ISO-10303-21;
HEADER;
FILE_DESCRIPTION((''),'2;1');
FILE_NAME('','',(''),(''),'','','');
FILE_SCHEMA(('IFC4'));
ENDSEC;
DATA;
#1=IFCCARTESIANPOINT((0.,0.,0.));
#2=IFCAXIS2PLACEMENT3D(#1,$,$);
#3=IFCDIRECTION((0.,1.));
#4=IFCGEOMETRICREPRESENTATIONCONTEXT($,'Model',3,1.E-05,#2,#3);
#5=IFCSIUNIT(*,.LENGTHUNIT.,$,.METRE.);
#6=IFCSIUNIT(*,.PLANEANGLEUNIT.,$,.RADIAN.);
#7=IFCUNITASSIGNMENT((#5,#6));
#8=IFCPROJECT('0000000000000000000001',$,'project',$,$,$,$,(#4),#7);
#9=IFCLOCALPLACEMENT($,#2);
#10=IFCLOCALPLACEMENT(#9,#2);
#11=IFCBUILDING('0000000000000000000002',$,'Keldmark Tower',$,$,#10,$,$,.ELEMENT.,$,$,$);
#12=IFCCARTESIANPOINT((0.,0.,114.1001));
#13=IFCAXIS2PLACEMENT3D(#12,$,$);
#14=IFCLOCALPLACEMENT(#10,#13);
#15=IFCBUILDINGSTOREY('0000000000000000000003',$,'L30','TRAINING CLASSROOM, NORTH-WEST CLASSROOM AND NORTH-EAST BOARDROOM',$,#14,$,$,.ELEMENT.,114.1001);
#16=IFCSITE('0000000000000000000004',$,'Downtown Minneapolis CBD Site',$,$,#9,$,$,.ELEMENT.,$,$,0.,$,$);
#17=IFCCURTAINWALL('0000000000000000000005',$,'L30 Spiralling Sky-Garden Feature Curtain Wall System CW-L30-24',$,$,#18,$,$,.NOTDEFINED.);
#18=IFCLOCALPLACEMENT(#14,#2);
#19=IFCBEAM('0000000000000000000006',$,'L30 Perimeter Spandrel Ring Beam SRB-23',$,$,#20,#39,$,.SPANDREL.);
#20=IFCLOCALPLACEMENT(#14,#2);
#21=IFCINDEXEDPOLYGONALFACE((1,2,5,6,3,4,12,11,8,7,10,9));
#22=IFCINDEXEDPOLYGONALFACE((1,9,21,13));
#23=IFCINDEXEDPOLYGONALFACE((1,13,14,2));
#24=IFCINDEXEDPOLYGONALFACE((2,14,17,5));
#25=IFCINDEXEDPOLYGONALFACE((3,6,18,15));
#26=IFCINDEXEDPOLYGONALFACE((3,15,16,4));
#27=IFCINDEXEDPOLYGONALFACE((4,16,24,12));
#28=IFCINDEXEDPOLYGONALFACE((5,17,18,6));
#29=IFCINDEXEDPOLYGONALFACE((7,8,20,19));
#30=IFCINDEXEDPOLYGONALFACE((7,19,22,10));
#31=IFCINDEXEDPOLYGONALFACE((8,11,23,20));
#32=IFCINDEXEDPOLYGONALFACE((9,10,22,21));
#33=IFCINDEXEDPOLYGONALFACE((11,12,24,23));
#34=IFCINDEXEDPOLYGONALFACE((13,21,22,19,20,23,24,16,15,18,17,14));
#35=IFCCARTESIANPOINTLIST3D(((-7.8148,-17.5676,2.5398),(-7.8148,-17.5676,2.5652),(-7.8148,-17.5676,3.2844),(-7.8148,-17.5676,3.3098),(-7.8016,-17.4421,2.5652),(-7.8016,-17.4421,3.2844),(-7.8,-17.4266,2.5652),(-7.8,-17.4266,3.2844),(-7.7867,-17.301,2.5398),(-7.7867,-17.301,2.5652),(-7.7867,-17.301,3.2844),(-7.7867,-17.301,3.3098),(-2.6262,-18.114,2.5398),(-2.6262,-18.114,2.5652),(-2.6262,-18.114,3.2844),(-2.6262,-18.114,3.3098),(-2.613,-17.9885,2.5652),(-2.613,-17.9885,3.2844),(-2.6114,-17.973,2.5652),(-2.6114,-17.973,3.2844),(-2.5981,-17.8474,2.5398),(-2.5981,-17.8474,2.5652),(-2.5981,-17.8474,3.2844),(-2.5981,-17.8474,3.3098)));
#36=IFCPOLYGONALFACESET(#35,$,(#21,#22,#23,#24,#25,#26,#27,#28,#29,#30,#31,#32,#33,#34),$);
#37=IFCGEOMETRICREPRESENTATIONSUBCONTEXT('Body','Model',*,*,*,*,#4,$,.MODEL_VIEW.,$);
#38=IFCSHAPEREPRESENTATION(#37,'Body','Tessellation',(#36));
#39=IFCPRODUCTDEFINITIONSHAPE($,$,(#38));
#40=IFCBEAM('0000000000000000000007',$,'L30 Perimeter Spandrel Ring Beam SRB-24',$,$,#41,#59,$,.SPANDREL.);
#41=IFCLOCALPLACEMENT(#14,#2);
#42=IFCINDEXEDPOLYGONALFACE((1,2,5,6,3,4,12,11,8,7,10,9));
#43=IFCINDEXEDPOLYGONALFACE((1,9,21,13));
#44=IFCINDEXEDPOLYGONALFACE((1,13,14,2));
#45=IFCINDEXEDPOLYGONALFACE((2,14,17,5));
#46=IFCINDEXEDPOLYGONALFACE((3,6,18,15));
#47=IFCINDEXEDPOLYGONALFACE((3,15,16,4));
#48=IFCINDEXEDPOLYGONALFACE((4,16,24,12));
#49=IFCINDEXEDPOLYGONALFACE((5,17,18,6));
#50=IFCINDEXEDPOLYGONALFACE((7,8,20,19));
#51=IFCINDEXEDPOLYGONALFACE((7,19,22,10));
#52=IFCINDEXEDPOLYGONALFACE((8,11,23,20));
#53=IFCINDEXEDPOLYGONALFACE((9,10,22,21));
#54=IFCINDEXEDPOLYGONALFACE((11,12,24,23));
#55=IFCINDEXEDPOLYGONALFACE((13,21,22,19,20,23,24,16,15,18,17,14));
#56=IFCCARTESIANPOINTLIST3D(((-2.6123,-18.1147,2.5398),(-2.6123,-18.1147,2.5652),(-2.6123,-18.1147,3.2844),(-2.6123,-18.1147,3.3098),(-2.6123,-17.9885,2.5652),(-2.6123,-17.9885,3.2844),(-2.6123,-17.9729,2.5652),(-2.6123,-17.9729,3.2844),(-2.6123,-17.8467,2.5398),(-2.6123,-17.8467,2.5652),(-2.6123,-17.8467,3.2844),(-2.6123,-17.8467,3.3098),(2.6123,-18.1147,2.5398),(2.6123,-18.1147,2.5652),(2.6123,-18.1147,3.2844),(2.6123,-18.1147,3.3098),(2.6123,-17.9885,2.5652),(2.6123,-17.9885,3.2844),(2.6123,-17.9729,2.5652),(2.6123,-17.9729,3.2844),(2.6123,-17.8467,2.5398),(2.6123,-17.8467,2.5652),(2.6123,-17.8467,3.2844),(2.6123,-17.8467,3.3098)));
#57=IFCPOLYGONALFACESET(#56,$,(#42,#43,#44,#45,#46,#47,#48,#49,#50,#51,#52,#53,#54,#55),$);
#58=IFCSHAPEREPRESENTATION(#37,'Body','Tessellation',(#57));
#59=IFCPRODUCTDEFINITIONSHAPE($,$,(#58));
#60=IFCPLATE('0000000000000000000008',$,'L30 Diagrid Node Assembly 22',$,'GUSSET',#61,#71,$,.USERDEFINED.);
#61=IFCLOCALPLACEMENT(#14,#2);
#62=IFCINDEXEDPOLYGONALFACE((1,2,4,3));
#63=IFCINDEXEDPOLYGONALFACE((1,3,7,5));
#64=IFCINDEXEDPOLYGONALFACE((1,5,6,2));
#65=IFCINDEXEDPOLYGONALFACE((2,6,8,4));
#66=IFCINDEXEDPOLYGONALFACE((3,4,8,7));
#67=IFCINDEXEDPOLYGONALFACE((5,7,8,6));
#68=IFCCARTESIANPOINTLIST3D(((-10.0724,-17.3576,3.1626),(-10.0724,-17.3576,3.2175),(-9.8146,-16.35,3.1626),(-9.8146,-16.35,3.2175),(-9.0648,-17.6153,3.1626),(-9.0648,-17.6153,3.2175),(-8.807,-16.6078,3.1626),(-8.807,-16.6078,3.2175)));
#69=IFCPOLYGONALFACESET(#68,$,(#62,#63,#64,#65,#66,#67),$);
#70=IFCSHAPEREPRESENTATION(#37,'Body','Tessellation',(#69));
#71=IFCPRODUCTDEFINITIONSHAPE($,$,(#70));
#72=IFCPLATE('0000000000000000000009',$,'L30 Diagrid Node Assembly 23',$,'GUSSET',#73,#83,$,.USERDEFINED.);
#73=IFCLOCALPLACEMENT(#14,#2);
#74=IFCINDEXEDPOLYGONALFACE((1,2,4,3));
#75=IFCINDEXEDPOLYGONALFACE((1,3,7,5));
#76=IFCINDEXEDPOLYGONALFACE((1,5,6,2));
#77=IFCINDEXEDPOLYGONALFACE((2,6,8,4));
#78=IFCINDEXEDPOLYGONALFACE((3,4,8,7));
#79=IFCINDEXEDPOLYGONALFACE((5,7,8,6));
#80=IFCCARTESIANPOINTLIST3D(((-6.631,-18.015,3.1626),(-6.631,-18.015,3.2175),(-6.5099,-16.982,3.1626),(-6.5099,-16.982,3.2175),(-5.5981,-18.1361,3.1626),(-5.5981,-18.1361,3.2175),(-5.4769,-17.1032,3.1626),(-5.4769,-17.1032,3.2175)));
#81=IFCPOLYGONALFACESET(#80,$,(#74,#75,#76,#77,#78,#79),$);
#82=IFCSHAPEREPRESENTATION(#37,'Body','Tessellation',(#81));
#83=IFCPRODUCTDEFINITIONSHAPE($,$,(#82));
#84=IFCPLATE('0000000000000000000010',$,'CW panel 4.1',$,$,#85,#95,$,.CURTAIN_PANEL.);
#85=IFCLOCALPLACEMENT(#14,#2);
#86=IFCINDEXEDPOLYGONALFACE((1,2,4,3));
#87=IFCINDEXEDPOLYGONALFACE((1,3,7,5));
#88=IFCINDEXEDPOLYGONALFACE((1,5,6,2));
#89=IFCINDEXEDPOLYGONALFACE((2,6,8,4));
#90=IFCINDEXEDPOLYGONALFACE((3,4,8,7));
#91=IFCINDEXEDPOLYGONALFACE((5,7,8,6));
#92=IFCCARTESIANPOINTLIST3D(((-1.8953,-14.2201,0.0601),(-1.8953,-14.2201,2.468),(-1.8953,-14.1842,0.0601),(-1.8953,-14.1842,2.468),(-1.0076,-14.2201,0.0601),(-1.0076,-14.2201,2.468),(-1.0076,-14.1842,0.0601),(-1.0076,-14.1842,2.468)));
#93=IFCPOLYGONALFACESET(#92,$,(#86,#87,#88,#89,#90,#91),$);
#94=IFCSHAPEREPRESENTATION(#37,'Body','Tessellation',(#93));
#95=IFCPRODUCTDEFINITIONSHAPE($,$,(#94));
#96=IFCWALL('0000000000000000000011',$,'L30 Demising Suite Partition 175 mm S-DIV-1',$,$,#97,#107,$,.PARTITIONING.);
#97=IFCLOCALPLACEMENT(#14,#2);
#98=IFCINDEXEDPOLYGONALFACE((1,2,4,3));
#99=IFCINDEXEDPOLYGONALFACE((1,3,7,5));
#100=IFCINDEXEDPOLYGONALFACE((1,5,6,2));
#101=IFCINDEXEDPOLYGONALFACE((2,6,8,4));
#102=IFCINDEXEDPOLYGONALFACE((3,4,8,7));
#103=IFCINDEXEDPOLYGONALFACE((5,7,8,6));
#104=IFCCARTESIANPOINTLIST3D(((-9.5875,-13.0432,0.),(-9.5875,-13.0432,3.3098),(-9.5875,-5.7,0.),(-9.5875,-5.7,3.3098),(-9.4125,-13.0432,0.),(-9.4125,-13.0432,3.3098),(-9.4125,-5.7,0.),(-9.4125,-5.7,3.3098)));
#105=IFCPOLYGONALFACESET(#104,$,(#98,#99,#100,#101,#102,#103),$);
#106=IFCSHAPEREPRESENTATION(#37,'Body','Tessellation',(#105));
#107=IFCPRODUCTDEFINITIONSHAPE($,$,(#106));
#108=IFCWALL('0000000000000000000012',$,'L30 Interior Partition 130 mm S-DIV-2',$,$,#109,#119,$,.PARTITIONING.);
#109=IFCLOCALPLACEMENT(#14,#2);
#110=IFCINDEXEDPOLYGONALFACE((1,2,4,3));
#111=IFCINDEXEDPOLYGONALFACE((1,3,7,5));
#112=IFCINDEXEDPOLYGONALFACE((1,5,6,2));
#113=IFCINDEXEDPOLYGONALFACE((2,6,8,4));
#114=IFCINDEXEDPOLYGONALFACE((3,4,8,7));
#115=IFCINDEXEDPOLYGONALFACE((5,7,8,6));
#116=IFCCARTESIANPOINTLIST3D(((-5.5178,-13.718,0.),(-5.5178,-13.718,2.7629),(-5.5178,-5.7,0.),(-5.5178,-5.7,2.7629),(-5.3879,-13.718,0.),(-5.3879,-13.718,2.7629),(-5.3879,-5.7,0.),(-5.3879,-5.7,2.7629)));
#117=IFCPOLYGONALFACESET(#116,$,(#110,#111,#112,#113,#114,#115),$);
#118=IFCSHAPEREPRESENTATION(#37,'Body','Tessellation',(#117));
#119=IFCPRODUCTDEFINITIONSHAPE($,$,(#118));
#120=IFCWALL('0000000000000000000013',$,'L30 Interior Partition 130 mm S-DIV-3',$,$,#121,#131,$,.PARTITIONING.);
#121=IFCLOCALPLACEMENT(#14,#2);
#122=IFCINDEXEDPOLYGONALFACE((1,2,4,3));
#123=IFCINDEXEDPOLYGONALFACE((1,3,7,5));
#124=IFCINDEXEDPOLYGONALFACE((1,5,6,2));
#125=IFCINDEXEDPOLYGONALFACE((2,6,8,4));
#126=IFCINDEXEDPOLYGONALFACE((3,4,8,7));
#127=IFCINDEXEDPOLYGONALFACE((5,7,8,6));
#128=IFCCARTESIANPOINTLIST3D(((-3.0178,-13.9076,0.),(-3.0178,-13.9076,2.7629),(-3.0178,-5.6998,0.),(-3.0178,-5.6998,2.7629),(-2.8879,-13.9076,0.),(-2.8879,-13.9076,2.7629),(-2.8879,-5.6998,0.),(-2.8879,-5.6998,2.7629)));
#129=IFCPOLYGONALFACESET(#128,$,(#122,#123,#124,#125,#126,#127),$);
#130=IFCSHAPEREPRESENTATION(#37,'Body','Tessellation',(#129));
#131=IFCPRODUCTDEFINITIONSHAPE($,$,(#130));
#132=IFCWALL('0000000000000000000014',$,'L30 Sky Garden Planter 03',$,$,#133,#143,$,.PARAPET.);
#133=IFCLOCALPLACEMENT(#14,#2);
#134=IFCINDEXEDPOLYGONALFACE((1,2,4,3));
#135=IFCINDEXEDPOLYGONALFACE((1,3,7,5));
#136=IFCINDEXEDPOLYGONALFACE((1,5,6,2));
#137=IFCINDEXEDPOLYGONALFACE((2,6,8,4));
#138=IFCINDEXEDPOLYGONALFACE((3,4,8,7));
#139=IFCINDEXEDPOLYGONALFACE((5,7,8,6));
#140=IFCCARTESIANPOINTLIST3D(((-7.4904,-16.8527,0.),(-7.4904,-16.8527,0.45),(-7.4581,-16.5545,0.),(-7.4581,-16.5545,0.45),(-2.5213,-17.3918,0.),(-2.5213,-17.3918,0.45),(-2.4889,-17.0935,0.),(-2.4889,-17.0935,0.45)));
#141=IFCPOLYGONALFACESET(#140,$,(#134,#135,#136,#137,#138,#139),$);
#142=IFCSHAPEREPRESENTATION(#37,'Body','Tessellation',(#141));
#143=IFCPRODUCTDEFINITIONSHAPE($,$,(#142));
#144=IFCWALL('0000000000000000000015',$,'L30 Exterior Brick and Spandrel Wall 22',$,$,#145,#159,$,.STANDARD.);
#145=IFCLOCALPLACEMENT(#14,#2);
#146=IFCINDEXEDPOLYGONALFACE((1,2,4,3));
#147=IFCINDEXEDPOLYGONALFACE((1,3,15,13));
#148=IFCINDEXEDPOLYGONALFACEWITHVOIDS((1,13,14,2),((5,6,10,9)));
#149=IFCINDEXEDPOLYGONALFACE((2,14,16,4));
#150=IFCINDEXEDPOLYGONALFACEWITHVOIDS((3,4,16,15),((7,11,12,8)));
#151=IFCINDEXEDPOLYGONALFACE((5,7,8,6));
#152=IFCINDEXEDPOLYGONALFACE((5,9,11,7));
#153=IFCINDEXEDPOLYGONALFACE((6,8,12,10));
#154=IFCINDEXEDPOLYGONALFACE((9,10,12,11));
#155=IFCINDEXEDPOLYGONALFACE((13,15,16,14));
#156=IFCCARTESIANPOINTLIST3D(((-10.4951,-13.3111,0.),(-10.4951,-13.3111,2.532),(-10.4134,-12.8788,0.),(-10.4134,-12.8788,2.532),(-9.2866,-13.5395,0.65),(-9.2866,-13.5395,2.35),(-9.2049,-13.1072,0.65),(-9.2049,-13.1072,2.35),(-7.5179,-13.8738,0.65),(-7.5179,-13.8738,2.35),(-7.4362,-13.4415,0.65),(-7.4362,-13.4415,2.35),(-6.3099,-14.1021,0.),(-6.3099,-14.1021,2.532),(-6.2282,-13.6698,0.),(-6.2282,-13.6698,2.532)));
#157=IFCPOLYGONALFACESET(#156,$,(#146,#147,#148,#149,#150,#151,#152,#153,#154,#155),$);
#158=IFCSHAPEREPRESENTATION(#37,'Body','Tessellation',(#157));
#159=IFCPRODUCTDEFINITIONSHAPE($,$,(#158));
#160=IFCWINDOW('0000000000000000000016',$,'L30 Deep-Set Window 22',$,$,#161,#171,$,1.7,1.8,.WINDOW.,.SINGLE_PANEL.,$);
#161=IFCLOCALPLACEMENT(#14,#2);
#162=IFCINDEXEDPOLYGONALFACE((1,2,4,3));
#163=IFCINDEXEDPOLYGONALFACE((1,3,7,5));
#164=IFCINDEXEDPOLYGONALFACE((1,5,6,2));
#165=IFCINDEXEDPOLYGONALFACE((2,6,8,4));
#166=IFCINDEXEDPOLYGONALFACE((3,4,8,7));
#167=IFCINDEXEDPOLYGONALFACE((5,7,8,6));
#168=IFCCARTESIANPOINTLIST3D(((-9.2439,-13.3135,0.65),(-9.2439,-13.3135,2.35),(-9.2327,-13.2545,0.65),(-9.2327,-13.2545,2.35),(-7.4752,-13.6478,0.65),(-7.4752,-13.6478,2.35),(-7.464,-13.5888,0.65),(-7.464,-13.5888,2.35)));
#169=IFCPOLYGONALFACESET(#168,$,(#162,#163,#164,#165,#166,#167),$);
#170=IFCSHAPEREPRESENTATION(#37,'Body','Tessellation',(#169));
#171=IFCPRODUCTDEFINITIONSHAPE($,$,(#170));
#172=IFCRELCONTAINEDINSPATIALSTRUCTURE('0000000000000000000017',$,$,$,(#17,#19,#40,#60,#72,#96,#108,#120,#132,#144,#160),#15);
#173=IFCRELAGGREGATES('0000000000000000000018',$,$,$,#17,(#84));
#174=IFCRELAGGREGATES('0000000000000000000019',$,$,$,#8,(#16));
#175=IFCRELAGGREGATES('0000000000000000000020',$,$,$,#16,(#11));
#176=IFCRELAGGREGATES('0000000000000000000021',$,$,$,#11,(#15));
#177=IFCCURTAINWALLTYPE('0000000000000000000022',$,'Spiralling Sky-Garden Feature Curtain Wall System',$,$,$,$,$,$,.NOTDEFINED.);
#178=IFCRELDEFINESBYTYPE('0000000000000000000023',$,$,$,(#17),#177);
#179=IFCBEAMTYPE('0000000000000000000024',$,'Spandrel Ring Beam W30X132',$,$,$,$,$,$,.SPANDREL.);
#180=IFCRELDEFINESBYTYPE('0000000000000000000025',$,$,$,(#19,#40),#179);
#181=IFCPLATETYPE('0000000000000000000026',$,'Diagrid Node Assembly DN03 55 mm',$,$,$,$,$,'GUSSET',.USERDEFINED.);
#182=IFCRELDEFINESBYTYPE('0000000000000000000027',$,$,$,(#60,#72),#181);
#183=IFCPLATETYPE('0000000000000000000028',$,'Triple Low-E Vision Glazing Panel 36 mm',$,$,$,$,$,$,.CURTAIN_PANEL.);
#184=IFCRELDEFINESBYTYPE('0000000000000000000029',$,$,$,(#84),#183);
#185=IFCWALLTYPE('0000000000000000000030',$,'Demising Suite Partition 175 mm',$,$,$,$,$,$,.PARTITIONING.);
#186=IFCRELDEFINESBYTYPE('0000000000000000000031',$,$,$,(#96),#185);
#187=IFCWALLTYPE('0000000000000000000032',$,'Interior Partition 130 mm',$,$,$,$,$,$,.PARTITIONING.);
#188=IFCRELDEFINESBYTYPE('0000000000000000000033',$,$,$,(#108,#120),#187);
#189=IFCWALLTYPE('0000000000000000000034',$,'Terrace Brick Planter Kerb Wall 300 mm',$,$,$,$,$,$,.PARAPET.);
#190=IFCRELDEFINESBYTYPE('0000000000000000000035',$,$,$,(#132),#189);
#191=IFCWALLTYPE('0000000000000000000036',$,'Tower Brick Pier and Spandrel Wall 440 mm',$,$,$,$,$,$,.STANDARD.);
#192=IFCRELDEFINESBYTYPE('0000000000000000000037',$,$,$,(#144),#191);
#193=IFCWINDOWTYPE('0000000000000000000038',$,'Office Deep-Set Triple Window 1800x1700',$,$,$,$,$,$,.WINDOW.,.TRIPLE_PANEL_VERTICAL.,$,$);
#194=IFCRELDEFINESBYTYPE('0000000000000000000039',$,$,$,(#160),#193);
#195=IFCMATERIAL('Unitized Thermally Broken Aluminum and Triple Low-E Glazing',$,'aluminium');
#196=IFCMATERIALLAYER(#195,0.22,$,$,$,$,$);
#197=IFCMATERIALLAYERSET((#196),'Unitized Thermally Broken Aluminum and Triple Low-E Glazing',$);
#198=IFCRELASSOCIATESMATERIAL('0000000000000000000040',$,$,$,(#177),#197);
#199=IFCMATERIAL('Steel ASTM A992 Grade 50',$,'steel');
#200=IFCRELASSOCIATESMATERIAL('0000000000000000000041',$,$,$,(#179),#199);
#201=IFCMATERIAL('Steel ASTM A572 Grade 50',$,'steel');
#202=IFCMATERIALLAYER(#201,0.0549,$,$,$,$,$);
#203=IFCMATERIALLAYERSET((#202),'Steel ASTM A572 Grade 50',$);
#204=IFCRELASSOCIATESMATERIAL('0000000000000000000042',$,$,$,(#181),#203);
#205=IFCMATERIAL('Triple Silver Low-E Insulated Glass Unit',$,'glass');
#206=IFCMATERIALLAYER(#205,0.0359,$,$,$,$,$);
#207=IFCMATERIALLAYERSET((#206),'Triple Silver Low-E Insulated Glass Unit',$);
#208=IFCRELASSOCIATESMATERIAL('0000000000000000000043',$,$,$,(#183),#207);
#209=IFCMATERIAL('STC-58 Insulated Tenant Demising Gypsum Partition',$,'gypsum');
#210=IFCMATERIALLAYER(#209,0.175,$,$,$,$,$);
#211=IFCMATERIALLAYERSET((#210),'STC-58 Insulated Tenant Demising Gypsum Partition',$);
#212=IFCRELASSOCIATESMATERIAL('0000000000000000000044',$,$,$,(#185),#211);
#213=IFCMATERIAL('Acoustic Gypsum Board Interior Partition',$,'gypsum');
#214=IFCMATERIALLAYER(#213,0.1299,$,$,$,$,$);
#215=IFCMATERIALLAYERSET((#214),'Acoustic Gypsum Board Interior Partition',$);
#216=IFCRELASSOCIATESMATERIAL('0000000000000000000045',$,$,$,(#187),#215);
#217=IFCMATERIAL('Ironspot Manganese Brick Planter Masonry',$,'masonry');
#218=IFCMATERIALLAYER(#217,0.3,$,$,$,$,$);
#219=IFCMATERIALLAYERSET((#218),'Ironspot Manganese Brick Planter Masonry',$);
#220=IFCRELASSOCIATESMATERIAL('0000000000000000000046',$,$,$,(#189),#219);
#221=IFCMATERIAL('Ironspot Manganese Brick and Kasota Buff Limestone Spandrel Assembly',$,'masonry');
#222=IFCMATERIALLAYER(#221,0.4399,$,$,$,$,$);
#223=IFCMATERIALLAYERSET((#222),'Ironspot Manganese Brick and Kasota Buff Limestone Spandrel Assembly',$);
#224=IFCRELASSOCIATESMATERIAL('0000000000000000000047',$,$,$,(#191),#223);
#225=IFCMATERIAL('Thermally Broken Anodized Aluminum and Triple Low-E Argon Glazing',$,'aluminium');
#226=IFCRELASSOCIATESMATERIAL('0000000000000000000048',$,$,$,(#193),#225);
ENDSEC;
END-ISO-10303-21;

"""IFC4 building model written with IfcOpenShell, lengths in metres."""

from ifc_helpers import new_model, si_unit, direction, frame, frame_2d, origin, origin_2d, place, context, subcontext, project, spatial, rectangle, i_section, extrude, material, layer, layer_set, material_profile, profile_set, type_object, element, fill, aggregate, save


model = new_model("IFC4")

# Units and contexts
model_context = context("Model", 3, precision=1e-05, world=origin(), true_north=direction((0.0, 1.0)))
body_context = subcontext(model_context, "Body", "Model", "MODEL_VIEW")
ifc_project = project(units=[si_unit("LENGTHUNIT", "METRE"), si_unit("PLANEANGLEUNIT", "RADIAN")], contexts=[model_context])

# Site, building, storey
site_placement = place(None, origin())
site = spatial("IfcSite", under=ifc_project, at=site_placement, Name="Downtown Minneapolis CBD Site", CompositionType="ELEMENT", RefElevation=0.0)
building_placement = place(site_placement, origin())
building = spatial("IfcBuilding", under=site, at=building_placement, Name="Keldmark Tower", CompositionType="ELEMENT")
storey_placement = place(building_placement, frame((0.0, 0.0, 114.1001)))
storey = spatial("IfcBuildingStorey", under=building, at=storey_placement, Name="L30", Description="TRAINING CLASSROOM, NORTH-WEST CLASSROOM AND NORTH-EAST BOARDROOM", CompositionType="ELEMENT", Elevation=114.1001)

# Curtain wall
ifc_material_1 = material(Name="Unitized Thermally Broken Aluminum and Triple Low-E Glazing", Category="aluminium")
ifc_layer_1 = layer(ifc_material_1, 0.22)
ifc_layer_set_1 = layer_set([ifc_layer_1], Name="Unitized Thermally Broken Aluminum and Triple Low-E Glazing")
curtain_wall_type = type_object("IfcCurtainWallType", Name="Spiralling Sky-Garden Feature Curtain Wall System", PredefinedType="NOTDEFINED", material=ifc_layer_set_1)
curtain_wall_placement = place(storey_placement, origin())
curtain_wall = element("IfcCurtainWall", 1, at=curtain_wall_placement, inside=storey, type_object=curtain_wall_type, Name="L30 Spiralling Sky-Garden Feature Curtain Wall System CW-L30-24", PredefinedType="NOTDEFINED")

# Beams
ifc_material_2 = material(Name="Steel ASTM A992 Grade 50", Category="steel")
ifc_material_profile_1 = material_profile(ifc_material_2, i_section(OverallWidth=0.2681, OverallDepth=0.77, WebThickness=0.0156, FlangeThickness=0.0254, at=origin_2d()), Name="W30X132")
ifc_profile_set_1 = profile_set([ifc_material_profile_1], Name="Steel ASTM A992 Grade 50")
beam_type_1 = type_object("IfcBeamType", Name="Spandrel Ring Beam W30X132", PredefinedType="SPANDREL", material=ifc_profile_set_1)
beam_1_placement = place(storey_placement, frame((-7.8008, -17.4343, 2.9248), z_axis=(0.994501, -0.104729, 0.0), x_axis=(0.104729, 0.994501, 0.0)))
element("IfcBeam", 2, at=beam_1_placement, inside=storey, type_object=beam_type_1, Name="L30 Perimeter Spandrel Ring Beam SRB-23", PredefinedType="SPANDREL", context=body_context, shape_type="SweptSolid", body=[
    extrude(i_section(OverallWidth=0.2681, OverallDepth=0.77, WebThickness=0.0156, FlangeThickness=0.0254, at=origin_2d()), origin(), (0.0, 0.0, 1.0), 5.2173),
])
beam_2_placement = place(storey_placement, frame((-2.6123, -17.9807, 2.9248), z_axis=(1.0, 0.0, 0.0), x_axis=(0.0, 1.0, 0.0)))
element("IfcBeam", 3, at=beam_2_placement, inside=storey, type_object=beam_type_1, Name="L30 Perimeter Spandrel Ring Beam SRB-24", PredefinedType="SPANDREL", context=body_context, shape_type="SweptSolid", body=[
    extrude(i_section(OverallWidth=0.2681, OverallDepth=0.77, WebThickness=0.0156, FlangeThickness=0.0254, at=origin_2d()), origin(), (0.0, 0.0, 1.0), 5.2246),
])

# Plates
ifc_material_3 = material(Name="Steel ASTM A572 Grade 50", Category="steel")
ifc_layer_2 = layer(ifc_material_3, 0.0549)
ifc_layer_set_2 = layer_set([ifc_layer_2], Name="Steel ASTM A572 Grade 50")
plate_type_1 = type_object("IfcPlateType", Name="Diagrid Node Assembly DN03 55 mm", ElementType="GUSSET", PredefinedType="USERDEFINED", material=ifc_layer_set_2)
for number, where, z_axis, x_axis, name in (
    (4, (-9.4397, -16.9827, 3.1626), (0.0, 0.0, 1.0), (0.9688, -0.247845, 0.0), "L30 Diagrid Node Assembly 22"),
    (5, (-6.054, -17.5591, 3.1626), (0.0, 0.0, 1.0), (0.993191, -0.116497, 0.0), "L30 Diagrid Node Assembly 23"),
):
    element("IfcPlate", number, at=place(storey_placement, frame(where, z_axis=z_axis, x_axis=x_axis)), inside=storey, type_object=plate_type_1, Name=name, ObjectType="GUSSET", PredefinedType="USERDEFINED", context=body_context, shape_type="SweptSolid", body=[
        extrude(rectangle(XDim=1.04, YDim=1.04, at=origin_2d()), origin(), (0.0, 0.0, 1.0), 0.0549),
    ])

# Plate
ifc_material_4 = material(Name="Triple Silver Low-E Insulated Glass Unit", Category="glass")
ifc_layer_3 = layer(ifc_material_4, 0.0359)
ifc_layer_set_3 = layer_set([ifc_layer_3], Name="Triple Silver Low-E Insulated Glass Unit")
plate_type_2 = type_object("IfcPlateType", Name="Triple Low-E Vision Glazing Panel 36 mm", PredefinedType="CURTAIN_PANEL", material=ifc_layer_set_3)
plate_placement = place(storey_placement, frame((-1.4514, -14.2021, 0.0601), z_axis=(0.0, 0.0, 1.0), x_axis=(-1.0, 0.0, 0.0)))
plate = element("IfcPlate", 6, at=plate_placement, type_object=plate_type_2, Name="CW panel 4.1", PredefinedType="CURTAIN_PANEL", context=body_context, shape_type="SweptSolid", body=[
    extrude(rectangle(XDim=0.8877, YDim=0.0359, at=origin_2d()), origin(), (0.0, 0.0, 1.0), 2.408),
])
aggregate(curtain_wall, [plate])

# Walls
ifc_material_5 = material(Name="STC-58 Insulated Tenant Demising Gypsum Partition", Category="gypsum")
ifc_layer_4 = layer(ifc_material_5, 0.175)
ifc_layer_set_4 = layer_set([ifc_layer_4], Name="STC-58 Insulated Tenant Demising Gypsum Partition")
wall_type_1 = type_object("IfcWallType", Name="Demising Suite Partition 175 mm", PredefinedType="PARTITIONING", material=ifc_layer_set_4)
wall_1_placement = place(storey_placement, frame((-9.5, -13.0432, 0.0), z_axis=(0.0, 0.0, 1.0), x_axis=(0.0, 1.0, 0.0)))
element("IfcWall", 7, at=wall_1_placement, inside=storey, type_object=wall_type_1, Name="L30 Demising Suite Partition 175 mm S-DIV-1", PredefinedType="PARTITIONING", context=body_context, shape_type="SweptSolid", body=[
    extrude(rectangle(XDim=7.3433, YDim=0.175, at=frame_2d((3.6716, 0.0))), origin(), (0.0, 0.0, 1.0), 3.3098),
])
ifc_material_6 = material(Name="Acoustic Gypsum Board Interior Partition", Category="gypsum")
ifc_layer_5 = layer(ifc_material_6, 0.1299)
ifc_layer_set_5 = layer_set([ifc_layer_5], Name="Acoustic Gypsum Board Interior Partition")
wall_type_2 = type_object("IfcWallType", Name="Interior Partition 130 mm", PredefinedType="PARTITIONING", material=ifc_layer_set_5)
wall_2_placement = place(storey_placement, frame((-5.4529, -13.718, 0.0), z_axis=(0.0, 0.0, 1.0), x_axis=(0.0, 1.0, 0.0)))
element("IfcWall", 8, at=wall_2_placement, inside=storey, type_object=wall_type_2, Name="L30 Interior Partition 130 mm S-DIV-2", PredefinedType="PARTITIONING", context=body_context, shape_type="SweptSolid", body=[
    extrude(rectangle(XDim=8.0181, YDim=0.1299, at=frame_2d((4.009, 0.0))), origin(), (0.0, 0.0, 1.0), 2.7629),
])
wall_3_placement = place(storey_placement, frame((-2.9529, -13.9077, 0.0), z_axis=(0.0, 0.0, 1.0), x_axis=(0.0, 1.0, 0.0)))
element("IfcWall", 9, at=wall_3_placement, inside=storey, type_object=wall_type_2, Name="L30 Interior Partition 130 mm S-DIV-3", PredefinedType="PARTITIONING", context=body_context, shape_type="SweptSolid", body=[
    extrude(rectangle(XDim=8.2078, YDim=0.1299, at=frame_2d((4.104, 0.0))), origin(), (0.0, 0.0, 1.0), 2.7629),
])
ifc_material_7 = material(Name="Ironspot Manganese Brick Planter Masonry", Category="masonry")
ifc_layer_6 = layer(ifc_material_7, 0.3)
ifc_layer_set_6 = layer_set([ifc_layer_6], Name="Ironspot Manganese Brick Planter Masonry")
wall_type_3 = type_object("IfcWallType", Name="Terrace Brick Planter Kerb Wall 300 mm", PredefinedType="PARAPET", material=ifc_layer_set_6)
wall_4_placement = place(storey_placement, frame((-7.4741, -16.7036, 0.0), z_axis=(0.0, 0.0, 1.0), x_axis=(0.994167, -0.107847, 0.0)))
element("IfcWall", 10, at=wall_4_placement, inside=storey, type_object=wall_type_3, Name="L30 Sky Garden Planter 03", PredefinedType="PARAPET", context=body_context, shape_type="SweptSolid", body=[
    extrude(rectangle(XDim=4.9983, YDim=0.3, at=frame_2d((2.499, 0.0))), origin(), (0.0, 0.0, 1.0), 0.45),
])

# Shared definitions
ifc_material_8 = material(Name="Ironspot Manganese Brick and Kasota Buff Limestone Spandrel Assembly", Category="masonry")
ifc_layer_7 = layer(ifc_material_8, 0.4399)
ifc_layer_set_7 = layer_set([ifc_layer_7], Name="Ironspot Manganese Brick and Kasota Buff Limestone Spandrel Assembly")
wall_type_4 = type_object("IfcWallType", Name="Tower Brick Pier and Spandrel Wall 440 mm", PredefinedType="STANDARD", material=ifc_layer_set_7)

# Wall, opening, window
wall_5_placement = place(storey_placement, frame((-6.269, -13.886, 0.0), z_axis=(0.0, 0.0, 1.0), x_axis=(-0.982602, 0.185721, 0.0)))
wall_5 = element("IfcWall", 11, at=wall_5_placement, inside=storey, type_object=wall_type_4, Name="L30 Exterior Brick and Spandrel Wall 22", PredefinedType="STANDARD", context=body_context, shape_type="SweptSolid", body=[
    extrude(rectangle(XDim=4.2593, YDim=0.4399, at=frame_2d((2.1296, 0.0))), origin(), (0.0, 0.0, 1.0), 2.532),
])
opening_1_placement = place(wall_5_placement, frame((1.2295, 0.0, 0.6499)))
opening_1 = element("IfcOpeningElement", 12, at=opening_1_placement, cuts=wall_5, PredefinedType="OPENING", context=body_context, shape_type="SweptSolid", body=[
    extrude(rectangle(XDim=1.8, YDim=1.7, at=frame_2d((0.8999, 0.8501))), frame((0.0, 0.23, 0.0), z_axis=(0.0, -1.0, 0.0), x_axis=(1.0, 0.0, 0.0)), (0.0, 0.0, 1.0), 0.46),
])
ifc_material_9 = material(Name="Thermally Broken Anodized Aluminum and Triple Low-E Argon Glazing", Category="aluminium")
window_type = type_object("IfcWindowType", Name="Office Deep-Set Triple Window 1800x1700", PartitioningType="TRIPLE_PANEL_VERTICAL", PredefinedType="WINDOW", material=ifc_material_9)
window_1_placement = place(opening_1_placement, origin())
window_1 = element("IfcWindow", 13, at=window_1_placement, inside=storey, type_object=window_type, Name="L30 Deep-Set Window 22", OverallHeight=1.7, OverallWidth=1.8, PartitioningType="SINGLE_PANEL", PredefinedType="WINDOW", context=body_context, shape_type="SweptSolid", body=[
    extrude(rectangle(XDim=1.8, YDim=1.7, at=frame_2d((0.8999, 0.8501))), frame((0.0, -0.01, 0.0), z_axis=(0.0, -1.0, 0.0), x_axis=(1.0, 0.0, 0.0)), (0.0, 0.0, 1.0), 0.0601),
])
fill(opening_1, window_1)

save(model, "model.ifc")
